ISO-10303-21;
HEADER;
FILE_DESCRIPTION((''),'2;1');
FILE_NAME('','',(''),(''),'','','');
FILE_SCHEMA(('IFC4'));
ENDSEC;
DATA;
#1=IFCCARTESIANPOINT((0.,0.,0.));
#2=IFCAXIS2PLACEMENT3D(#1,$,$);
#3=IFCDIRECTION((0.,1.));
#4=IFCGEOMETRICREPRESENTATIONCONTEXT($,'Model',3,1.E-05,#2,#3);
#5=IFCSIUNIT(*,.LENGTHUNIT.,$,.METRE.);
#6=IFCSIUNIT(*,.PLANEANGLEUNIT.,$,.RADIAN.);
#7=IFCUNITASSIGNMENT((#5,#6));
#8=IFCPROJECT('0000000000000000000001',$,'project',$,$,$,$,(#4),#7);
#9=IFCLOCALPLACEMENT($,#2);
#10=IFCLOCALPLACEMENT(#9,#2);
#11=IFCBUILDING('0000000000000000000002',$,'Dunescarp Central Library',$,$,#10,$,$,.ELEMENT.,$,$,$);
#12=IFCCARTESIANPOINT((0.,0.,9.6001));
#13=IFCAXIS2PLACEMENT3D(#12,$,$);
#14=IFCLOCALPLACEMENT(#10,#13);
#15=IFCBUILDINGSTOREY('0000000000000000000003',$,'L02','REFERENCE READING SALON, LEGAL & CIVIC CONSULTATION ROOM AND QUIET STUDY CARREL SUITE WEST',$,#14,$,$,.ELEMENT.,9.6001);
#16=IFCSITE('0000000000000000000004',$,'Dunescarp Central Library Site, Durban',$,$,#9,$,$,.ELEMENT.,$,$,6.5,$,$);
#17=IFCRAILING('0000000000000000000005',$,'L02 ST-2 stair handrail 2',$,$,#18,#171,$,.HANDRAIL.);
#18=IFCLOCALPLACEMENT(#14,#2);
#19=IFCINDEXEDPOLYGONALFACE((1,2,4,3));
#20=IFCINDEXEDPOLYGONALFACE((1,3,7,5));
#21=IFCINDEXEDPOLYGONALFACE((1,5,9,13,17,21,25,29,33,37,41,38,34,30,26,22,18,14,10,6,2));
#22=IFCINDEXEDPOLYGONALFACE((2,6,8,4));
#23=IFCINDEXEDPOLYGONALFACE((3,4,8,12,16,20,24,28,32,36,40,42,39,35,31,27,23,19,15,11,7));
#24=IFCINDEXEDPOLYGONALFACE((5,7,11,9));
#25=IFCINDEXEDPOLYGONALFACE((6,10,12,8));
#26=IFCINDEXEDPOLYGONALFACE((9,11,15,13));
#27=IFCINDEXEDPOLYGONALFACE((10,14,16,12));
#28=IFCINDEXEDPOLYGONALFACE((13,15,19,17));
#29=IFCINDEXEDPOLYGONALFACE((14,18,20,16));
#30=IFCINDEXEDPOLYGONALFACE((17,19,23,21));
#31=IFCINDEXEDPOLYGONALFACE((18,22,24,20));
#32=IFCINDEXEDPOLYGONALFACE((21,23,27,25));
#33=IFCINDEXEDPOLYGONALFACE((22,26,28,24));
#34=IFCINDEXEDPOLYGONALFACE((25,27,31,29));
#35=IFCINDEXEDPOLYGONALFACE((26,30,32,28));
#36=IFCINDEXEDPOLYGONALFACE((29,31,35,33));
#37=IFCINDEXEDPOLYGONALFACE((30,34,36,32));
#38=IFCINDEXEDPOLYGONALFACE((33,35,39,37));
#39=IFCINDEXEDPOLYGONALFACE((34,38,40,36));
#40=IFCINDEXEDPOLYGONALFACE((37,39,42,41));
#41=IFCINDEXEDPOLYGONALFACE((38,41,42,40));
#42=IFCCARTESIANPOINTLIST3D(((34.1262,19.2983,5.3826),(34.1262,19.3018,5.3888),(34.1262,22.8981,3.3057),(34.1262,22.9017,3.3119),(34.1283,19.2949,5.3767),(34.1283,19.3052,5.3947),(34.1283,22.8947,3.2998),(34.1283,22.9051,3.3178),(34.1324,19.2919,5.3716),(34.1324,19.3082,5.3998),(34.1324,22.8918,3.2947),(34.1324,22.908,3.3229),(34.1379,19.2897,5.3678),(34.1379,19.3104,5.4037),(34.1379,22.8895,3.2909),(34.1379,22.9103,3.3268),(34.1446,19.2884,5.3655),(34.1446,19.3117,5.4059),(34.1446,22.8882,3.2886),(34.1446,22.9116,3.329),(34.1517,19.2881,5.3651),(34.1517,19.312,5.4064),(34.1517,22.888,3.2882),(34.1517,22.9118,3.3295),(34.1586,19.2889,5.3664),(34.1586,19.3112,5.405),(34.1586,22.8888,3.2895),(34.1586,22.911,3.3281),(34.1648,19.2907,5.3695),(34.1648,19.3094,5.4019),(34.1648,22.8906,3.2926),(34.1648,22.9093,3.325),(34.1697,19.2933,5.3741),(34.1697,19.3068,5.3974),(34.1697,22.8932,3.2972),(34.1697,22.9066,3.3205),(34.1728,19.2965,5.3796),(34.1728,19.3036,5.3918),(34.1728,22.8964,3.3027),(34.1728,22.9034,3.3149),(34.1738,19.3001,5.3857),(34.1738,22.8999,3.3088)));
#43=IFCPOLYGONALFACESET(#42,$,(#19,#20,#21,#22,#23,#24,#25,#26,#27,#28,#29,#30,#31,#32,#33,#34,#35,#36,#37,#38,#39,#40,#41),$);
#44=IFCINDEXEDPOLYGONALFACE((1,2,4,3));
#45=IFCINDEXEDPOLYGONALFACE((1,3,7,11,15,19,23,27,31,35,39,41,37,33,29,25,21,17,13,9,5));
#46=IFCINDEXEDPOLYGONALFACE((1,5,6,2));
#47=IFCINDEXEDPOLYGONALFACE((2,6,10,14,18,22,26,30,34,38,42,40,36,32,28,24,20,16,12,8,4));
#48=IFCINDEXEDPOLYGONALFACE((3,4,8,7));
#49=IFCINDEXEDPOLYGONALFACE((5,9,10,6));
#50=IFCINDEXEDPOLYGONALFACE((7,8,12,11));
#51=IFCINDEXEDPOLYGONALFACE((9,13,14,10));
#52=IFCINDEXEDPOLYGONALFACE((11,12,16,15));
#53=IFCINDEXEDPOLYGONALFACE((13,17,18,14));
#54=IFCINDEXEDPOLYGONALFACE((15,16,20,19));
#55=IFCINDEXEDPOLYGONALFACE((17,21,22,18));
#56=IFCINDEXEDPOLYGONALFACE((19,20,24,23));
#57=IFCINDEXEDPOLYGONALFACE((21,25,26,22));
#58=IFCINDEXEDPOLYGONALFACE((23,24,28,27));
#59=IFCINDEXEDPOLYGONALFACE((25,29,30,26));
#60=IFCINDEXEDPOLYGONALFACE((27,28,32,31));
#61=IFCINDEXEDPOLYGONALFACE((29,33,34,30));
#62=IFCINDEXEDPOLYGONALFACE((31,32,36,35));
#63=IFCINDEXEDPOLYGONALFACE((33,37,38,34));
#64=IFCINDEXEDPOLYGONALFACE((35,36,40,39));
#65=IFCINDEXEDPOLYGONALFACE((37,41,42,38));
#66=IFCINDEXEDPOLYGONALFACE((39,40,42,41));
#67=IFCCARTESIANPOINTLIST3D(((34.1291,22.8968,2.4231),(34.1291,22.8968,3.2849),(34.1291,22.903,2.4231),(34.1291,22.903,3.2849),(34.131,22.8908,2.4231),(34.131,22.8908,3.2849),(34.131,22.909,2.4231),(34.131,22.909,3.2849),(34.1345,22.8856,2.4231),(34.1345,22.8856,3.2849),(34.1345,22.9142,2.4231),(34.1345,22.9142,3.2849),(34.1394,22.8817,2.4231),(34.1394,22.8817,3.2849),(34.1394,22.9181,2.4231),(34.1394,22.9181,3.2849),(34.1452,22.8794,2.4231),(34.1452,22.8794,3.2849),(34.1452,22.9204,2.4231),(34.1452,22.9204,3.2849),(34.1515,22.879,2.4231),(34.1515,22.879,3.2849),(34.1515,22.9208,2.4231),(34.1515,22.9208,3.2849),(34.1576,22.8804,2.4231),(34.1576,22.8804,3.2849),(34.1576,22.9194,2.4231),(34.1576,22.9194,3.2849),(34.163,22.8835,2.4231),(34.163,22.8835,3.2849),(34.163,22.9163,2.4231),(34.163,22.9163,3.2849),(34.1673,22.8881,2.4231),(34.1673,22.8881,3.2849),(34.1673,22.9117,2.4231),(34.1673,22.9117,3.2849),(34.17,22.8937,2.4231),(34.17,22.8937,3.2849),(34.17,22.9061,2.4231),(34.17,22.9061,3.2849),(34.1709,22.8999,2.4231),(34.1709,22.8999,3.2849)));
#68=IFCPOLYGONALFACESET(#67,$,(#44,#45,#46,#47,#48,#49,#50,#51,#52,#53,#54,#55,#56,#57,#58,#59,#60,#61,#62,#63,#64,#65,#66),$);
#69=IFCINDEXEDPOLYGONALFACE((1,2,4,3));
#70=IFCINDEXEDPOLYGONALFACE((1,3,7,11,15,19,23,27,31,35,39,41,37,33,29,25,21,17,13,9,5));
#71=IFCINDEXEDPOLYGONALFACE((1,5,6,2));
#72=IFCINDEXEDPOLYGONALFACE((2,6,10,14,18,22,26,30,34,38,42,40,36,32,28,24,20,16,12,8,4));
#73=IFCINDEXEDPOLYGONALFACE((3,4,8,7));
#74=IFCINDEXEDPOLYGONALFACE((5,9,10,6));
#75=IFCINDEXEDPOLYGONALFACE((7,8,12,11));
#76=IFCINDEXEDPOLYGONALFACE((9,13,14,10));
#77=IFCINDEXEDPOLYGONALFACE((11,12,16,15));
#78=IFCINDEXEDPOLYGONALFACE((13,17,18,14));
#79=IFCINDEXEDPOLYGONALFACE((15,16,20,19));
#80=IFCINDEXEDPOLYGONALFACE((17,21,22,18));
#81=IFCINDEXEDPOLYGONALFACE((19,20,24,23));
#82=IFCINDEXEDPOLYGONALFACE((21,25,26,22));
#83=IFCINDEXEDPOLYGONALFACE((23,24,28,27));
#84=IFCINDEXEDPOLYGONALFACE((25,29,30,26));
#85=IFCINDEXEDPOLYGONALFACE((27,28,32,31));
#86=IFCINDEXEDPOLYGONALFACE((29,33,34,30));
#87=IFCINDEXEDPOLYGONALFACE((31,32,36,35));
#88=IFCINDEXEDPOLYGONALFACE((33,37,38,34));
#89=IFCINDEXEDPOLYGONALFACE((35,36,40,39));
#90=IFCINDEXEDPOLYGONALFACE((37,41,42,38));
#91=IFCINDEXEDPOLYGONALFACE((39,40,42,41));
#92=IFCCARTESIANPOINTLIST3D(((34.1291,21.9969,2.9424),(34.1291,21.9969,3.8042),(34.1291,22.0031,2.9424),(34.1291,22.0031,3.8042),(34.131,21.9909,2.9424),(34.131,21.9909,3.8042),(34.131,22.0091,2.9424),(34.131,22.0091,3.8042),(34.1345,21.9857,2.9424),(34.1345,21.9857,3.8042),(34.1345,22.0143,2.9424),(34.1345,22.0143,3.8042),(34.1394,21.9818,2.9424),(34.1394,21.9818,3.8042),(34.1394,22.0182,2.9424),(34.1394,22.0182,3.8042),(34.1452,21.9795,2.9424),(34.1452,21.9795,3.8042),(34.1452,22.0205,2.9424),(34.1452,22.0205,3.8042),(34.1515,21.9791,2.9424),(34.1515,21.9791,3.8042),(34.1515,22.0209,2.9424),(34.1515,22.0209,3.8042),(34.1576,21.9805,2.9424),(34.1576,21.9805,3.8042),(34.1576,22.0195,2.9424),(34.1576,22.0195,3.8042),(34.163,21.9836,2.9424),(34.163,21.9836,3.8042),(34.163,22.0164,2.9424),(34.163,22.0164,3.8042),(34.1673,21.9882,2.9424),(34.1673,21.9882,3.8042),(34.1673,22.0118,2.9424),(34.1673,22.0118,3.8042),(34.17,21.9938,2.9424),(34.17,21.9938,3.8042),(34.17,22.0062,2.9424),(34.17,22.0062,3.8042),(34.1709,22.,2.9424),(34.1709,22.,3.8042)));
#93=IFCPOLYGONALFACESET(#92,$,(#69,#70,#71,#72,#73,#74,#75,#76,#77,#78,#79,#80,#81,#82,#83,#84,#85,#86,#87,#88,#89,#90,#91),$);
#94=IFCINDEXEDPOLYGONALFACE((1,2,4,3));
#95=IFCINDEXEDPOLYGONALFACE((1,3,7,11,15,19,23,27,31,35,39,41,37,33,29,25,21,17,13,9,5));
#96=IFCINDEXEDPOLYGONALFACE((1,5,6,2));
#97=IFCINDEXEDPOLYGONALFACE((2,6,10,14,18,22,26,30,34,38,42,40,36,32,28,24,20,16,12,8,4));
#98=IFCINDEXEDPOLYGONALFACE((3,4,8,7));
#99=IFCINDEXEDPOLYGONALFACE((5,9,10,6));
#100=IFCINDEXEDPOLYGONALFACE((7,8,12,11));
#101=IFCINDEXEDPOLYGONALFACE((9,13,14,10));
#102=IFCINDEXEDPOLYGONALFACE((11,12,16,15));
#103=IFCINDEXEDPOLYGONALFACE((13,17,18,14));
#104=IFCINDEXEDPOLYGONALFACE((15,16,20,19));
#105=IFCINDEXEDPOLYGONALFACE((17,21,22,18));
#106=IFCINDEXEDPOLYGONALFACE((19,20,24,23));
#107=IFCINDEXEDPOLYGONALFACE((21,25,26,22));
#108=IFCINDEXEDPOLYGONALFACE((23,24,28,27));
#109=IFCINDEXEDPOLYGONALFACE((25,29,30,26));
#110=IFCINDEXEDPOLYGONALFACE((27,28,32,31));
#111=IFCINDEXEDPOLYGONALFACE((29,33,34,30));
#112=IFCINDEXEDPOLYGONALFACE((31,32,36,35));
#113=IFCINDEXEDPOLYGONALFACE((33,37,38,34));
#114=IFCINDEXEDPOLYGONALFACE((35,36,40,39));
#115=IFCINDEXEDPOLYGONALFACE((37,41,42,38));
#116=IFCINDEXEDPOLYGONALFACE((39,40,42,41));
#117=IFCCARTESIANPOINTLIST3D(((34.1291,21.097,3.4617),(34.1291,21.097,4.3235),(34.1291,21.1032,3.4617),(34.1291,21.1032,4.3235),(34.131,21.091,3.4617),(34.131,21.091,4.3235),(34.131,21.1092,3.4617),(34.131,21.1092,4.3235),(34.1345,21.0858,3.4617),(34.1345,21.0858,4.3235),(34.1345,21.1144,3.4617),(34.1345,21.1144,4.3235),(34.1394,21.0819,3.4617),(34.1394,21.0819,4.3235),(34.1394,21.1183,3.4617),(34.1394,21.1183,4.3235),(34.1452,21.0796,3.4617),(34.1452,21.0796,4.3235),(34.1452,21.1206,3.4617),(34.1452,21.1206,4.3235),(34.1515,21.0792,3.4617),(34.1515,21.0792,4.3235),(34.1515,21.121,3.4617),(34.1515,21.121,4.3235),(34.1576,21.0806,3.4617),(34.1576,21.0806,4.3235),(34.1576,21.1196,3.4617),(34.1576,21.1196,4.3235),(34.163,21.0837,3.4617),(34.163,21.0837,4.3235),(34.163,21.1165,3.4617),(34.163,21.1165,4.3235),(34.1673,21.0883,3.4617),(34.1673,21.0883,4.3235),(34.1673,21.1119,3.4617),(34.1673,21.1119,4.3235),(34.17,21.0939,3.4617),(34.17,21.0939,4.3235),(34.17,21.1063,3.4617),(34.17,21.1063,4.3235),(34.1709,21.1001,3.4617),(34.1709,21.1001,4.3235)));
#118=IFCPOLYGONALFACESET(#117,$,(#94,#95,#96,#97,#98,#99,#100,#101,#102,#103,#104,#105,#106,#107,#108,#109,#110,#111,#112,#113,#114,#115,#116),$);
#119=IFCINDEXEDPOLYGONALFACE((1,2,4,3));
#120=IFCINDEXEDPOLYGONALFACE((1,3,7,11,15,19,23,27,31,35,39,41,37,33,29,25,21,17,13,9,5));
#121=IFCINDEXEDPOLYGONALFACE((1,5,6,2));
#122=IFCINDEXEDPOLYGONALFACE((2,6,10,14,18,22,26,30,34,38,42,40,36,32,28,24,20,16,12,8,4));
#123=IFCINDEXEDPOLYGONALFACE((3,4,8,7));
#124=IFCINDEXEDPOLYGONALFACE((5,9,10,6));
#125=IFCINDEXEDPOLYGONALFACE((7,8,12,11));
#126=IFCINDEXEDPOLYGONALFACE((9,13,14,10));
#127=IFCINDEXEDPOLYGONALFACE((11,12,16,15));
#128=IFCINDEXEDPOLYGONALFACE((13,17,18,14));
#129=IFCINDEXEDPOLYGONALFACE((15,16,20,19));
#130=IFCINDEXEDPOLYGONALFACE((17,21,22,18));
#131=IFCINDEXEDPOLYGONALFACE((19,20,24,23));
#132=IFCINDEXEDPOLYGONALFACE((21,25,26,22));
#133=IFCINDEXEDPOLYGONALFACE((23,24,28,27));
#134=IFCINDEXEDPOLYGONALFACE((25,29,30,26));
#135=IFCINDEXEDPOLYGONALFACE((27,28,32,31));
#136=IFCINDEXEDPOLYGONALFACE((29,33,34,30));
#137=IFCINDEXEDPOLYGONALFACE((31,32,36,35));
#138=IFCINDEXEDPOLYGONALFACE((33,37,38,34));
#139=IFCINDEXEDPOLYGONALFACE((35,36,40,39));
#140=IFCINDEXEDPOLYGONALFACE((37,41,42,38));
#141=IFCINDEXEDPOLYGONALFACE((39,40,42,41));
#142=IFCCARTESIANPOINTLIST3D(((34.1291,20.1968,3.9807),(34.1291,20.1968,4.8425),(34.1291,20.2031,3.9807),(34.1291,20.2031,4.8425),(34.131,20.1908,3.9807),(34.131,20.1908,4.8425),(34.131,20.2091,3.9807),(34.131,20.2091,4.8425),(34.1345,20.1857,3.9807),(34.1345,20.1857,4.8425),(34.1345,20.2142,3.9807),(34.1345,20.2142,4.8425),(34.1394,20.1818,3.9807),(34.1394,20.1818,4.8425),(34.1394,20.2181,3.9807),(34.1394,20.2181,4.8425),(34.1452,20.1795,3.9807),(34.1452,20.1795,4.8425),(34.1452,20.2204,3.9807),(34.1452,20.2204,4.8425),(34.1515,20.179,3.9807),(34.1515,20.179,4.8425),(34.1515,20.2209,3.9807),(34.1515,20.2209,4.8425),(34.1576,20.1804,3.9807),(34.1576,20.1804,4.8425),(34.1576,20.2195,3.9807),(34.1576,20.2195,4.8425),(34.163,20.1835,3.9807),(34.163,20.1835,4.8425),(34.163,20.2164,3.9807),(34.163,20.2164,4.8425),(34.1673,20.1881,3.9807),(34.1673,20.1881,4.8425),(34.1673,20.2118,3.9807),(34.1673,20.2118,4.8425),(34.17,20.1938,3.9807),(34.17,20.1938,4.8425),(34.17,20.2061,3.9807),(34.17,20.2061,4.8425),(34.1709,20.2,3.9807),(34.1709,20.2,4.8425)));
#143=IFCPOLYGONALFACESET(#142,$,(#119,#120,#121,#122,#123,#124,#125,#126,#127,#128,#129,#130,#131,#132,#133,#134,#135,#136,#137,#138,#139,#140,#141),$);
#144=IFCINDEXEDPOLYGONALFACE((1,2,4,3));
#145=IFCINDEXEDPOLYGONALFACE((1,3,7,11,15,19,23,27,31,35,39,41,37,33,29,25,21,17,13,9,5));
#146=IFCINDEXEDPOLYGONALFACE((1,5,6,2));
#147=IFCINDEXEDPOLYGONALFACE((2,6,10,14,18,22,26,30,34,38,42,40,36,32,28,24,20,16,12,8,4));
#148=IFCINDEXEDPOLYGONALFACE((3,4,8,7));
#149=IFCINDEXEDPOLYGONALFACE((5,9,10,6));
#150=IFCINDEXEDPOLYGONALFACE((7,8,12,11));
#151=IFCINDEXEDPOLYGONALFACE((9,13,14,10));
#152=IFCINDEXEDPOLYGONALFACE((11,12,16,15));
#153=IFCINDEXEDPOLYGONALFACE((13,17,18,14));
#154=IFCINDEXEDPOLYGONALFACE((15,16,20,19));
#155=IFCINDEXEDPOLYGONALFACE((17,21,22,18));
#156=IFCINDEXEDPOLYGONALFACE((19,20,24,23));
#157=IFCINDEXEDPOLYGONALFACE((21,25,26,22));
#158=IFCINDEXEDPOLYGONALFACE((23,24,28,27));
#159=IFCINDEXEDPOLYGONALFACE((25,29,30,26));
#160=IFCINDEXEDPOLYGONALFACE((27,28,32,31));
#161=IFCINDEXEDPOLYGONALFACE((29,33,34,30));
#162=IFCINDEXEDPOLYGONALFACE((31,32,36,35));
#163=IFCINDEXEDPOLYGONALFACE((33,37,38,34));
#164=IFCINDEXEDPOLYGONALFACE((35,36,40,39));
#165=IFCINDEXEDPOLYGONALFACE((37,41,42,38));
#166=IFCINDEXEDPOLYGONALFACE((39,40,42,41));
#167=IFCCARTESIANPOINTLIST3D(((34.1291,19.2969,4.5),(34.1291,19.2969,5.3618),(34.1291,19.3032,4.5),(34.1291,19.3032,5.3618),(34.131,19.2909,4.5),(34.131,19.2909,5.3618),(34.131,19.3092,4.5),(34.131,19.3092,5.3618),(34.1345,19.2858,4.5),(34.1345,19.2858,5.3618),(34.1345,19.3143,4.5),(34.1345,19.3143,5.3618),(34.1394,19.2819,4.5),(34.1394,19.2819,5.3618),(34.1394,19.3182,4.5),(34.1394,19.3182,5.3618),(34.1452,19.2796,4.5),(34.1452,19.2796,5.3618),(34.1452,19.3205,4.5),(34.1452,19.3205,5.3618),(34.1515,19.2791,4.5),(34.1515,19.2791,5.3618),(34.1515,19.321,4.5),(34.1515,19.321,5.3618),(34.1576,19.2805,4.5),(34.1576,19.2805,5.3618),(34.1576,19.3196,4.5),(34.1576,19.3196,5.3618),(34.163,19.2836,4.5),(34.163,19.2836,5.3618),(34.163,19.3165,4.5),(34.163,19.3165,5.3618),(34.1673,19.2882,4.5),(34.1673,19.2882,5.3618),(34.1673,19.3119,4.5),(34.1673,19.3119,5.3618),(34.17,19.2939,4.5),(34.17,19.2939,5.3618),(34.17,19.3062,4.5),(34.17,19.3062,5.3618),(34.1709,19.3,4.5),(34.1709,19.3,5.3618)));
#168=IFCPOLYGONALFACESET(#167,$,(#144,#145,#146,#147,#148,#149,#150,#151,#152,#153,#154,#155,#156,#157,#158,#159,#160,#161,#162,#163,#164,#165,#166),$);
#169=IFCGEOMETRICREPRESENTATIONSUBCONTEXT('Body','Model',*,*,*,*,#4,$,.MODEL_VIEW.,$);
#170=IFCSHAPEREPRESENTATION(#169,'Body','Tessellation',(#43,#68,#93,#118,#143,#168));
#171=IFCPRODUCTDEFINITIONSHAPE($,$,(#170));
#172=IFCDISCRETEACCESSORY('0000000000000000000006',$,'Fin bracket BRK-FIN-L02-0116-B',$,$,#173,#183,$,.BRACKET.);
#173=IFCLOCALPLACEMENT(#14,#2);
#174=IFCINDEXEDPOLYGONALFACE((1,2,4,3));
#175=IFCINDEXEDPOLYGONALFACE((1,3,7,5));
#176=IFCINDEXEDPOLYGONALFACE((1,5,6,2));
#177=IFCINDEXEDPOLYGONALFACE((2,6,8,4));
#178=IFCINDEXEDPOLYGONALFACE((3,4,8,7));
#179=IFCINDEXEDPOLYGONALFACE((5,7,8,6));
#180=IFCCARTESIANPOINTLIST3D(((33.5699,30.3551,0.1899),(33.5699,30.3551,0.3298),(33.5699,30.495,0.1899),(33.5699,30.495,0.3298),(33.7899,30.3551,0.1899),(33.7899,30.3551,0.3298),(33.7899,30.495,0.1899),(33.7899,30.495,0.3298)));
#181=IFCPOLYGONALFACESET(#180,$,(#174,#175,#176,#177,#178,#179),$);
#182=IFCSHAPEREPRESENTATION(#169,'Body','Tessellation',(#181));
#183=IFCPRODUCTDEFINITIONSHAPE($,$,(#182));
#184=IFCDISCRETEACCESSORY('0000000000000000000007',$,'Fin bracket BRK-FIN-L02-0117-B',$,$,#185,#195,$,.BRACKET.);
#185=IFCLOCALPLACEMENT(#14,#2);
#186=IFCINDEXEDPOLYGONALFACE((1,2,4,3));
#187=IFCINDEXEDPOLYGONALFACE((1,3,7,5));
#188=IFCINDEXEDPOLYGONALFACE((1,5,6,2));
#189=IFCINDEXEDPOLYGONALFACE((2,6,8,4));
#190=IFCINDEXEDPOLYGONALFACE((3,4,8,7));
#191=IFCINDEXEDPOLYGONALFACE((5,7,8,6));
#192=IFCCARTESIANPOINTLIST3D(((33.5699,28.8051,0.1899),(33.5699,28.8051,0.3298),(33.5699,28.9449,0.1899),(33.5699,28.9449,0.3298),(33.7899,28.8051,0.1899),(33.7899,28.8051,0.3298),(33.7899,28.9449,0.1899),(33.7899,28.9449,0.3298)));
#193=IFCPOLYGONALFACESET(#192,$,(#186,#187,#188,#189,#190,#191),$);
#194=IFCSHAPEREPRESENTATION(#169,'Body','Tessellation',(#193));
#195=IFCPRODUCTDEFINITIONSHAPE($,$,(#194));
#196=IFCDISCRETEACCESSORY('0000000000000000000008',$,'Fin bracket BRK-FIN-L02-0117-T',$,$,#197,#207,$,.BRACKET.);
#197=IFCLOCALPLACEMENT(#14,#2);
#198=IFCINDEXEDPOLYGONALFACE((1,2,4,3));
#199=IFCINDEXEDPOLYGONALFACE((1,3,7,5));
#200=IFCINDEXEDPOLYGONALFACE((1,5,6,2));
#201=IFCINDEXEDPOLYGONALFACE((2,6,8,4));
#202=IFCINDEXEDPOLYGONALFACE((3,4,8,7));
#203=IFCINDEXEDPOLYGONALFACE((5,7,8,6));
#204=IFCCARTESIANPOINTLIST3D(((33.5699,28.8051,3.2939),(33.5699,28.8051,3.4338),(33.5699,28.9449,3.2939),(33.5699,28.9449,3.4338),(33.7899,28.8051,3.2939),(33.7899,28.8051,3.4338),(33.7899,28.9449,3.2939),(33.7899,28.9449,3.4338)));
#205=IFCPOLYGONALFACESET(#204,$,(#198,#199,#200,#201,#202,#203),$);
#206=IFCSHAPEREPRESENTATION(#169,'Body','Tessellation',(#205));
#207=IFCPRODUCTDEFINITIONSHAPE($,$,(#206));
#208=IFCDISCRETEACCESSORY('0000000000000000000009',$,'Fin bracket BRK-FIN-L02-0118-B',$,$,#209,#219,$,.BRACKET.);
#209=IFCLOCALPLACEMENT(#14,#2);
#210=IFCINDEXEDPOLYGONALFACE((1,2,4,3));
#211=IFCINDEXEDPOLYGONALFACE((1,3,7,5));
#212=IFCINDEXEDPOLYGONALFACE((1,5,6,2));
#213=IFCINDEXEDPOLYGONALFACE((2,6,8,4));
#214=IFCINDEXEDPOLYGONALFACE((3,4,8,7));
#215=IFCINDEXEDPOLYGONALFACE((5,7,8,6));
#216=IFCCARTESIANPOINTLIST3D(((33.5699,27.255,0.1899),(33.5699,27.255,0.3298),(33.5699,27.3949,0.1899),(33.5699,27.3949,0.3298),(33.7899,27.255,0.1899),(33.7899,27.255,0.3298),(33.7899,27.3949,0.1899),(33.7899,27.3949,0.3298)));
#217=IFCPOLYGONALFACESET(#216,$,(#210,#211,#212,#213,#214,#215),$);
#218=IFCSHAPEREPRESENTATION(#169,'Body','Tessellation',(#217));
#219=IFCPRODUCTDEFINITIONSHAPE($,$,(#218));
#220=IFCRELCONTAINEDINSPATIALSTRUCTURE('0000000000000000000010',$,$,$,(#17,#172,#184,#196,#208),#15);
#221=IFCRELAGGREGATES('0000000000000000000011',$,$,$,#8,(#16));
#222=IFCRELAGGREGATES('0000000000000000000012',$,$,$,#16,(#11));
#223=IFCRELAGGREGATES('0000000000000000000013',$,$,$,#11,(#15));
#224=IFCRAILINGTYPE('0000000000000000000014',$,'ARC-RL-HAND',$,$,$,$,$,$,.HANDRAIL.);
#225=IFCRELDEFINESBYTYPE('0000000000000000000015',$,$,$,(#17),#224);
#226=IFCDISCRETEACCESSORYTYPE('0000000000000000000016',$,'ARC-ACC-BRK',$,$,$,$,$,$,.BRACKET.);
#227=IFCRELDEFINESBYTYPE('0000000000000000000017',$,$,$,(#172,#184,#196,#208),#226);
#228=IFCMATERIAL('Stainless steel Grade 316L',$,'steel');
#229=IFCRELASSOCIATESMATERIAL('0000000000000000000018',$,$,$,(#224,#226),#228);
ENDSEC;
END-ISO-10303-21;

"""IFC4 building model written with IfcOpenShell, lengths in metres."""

from ifc_helpers import new_model, si_unit, direction, frame, origin, origin_2d, place, context, subcontext, project, spatial, rectangle, circle, extrude, material, type_object, element, save


model = new_model("IFC4")

# Units and contexts
model_context = context("Model", 3, precision=1e-05, world=origin(), true_north=direction((0.0, 1.0)))
body_context = subcontext(model_context, "Body", "Model", "MODEL_VIEW")
ifc_project = project(units=[si_unit("LENGTHUNIT", "METRE"), si_unit("PLANEANGLEUNIT", "RADIAN")], contexts=[model_context])

# Site, building, storey
site_placement = place(None, origin())
site = spatial("IfcSite", under=ifc_project, at=site_placement, Name="Dunescarp Central Library Site, Durban", CompositionType="ELEMENT", RefElevation=6.5)
building_placement = place(site_placement, origin())
building = spatial("IfcBuilding", under=site, at=building_placement, Name="Dunescarp Central Library", CompositionType="ELEMENT")
storey_placement = place(building_placement, frame((0.0, 0.0, 9.6001)))
storey = spatial("IfcBuildingStorey", under=building, at=storey_placement, Name="L02", Description="REFERENCE READING SALON, LEGAL & CIVIC CONSULTATION ROOM AND QUIET STUDY CARREL SUITE WEST", CompositionType="ELEMENT", Elevation=9.6001)

# Railing
ifc_material_1 = material(Name="Stainless steel Grade 316L", Category="steel")
railing_type_1 = type_object("IfcRailingType", Name="ARC-RL-HAND", PredefinedType="HANDRAIL", material=ifc_material_1)
railing_1_placement = place(storey_placement, frame((34.1499, 22.8999, 2.4231)))
element("IfcRailing", 1, at=railing_1_placement, inside=storey, type_object=railing_type_1, Name="L02 ST-2 stair handrail 2", PredefinedType="HANDRAIL", context=body_context, shape_type="SweptSolid", body=[
    extrude(circle(Radius=0.0239, at=origin_2d()), frame((0.0, 0.0, 0.8857), z_axis=(0.0, -0.866179, 0.499734), x_axis=(1.0, 0.0, 0.0)), (0.0, 0.0, 1.0), 4.156),
    extrude(circle(Radius=0.021, at=origin_2d()), origin(), (0.0, 0.0, 1.0), 0.8618),
    extrude(circle(Radius=0.021, at=origin_2d()), frame((0.0, -0.8999, 0.5193)), (0.0, 0.0, 1.0), 0.8618),
    extrude(circle(Radius=0.021, at=origin_2d()), frame((0.0, -1.7998, 1.0386)), (0.0, 0.0, 1.0), 0.8618),
    extrude(circle(Radius=0.021, at=origin_2d()), frame((0.0, -2.7, 1.5576)), (0.0, 0.0, 1.0), 0.8618),
    extrude(circle(Radius=0.021, at=origin_2d()), frame((0.0, -3.5999, 2.0769)), (0.0, 0.0, 1.0), 0.8618),
])

# Discrete accessories
discrete_accessory_type = type_object("IfcDiscreteAccessoryType", Name="ARC-ACC-BRK", PredefinedType="BRACKET", material=ifc_material_1)
for number, where, z_axis, x_axis, name in (
    (2, (33.6799, 30.425, 0.1899), (0.0, 0.0, 1.0), (1.0, 0.0, 0.0), "Fin bracket BRK-FIN-L02-0116-B"),
    (3, (33.6799, 28.875, 0.1899), (0.0, 0.0, 1.0), (1.0, 0.0, 0.0), "Fin bracket BRK-FIN-L02-0117-B"),
    (4, (33.6799, 28.875, 3.2939), (0.0, 0.0, 1.0), (1.0, 0.0, 0.0), "Fin bracket BRK-FIN-L02-0117-T"),
    (5, (33.6799, 27.325, 0.1899), (0.0, 0.0, 1.0), (1.0, 0.0, 0.0), "Fin bracket BRK-FIN-L02-0118-B"),
):
    element("IfcDiscreteAccessory", number, at=place(storey_placement, frame(where, z_axis=z_axis, x_axis=x_axis)), inside=storey, type_object=discrete_accessory_type, Name=name, PredefinedType="BRACKET", context=body_context, shape_type="SweptSolid", body=[
        extrude(rectangle(XDim=0.22, YDim=0.1399, at=origin_2d()), origin(), (0.0, 0.0, 1.0), 0.1399),
    ])

save(model, "model.ifc")
